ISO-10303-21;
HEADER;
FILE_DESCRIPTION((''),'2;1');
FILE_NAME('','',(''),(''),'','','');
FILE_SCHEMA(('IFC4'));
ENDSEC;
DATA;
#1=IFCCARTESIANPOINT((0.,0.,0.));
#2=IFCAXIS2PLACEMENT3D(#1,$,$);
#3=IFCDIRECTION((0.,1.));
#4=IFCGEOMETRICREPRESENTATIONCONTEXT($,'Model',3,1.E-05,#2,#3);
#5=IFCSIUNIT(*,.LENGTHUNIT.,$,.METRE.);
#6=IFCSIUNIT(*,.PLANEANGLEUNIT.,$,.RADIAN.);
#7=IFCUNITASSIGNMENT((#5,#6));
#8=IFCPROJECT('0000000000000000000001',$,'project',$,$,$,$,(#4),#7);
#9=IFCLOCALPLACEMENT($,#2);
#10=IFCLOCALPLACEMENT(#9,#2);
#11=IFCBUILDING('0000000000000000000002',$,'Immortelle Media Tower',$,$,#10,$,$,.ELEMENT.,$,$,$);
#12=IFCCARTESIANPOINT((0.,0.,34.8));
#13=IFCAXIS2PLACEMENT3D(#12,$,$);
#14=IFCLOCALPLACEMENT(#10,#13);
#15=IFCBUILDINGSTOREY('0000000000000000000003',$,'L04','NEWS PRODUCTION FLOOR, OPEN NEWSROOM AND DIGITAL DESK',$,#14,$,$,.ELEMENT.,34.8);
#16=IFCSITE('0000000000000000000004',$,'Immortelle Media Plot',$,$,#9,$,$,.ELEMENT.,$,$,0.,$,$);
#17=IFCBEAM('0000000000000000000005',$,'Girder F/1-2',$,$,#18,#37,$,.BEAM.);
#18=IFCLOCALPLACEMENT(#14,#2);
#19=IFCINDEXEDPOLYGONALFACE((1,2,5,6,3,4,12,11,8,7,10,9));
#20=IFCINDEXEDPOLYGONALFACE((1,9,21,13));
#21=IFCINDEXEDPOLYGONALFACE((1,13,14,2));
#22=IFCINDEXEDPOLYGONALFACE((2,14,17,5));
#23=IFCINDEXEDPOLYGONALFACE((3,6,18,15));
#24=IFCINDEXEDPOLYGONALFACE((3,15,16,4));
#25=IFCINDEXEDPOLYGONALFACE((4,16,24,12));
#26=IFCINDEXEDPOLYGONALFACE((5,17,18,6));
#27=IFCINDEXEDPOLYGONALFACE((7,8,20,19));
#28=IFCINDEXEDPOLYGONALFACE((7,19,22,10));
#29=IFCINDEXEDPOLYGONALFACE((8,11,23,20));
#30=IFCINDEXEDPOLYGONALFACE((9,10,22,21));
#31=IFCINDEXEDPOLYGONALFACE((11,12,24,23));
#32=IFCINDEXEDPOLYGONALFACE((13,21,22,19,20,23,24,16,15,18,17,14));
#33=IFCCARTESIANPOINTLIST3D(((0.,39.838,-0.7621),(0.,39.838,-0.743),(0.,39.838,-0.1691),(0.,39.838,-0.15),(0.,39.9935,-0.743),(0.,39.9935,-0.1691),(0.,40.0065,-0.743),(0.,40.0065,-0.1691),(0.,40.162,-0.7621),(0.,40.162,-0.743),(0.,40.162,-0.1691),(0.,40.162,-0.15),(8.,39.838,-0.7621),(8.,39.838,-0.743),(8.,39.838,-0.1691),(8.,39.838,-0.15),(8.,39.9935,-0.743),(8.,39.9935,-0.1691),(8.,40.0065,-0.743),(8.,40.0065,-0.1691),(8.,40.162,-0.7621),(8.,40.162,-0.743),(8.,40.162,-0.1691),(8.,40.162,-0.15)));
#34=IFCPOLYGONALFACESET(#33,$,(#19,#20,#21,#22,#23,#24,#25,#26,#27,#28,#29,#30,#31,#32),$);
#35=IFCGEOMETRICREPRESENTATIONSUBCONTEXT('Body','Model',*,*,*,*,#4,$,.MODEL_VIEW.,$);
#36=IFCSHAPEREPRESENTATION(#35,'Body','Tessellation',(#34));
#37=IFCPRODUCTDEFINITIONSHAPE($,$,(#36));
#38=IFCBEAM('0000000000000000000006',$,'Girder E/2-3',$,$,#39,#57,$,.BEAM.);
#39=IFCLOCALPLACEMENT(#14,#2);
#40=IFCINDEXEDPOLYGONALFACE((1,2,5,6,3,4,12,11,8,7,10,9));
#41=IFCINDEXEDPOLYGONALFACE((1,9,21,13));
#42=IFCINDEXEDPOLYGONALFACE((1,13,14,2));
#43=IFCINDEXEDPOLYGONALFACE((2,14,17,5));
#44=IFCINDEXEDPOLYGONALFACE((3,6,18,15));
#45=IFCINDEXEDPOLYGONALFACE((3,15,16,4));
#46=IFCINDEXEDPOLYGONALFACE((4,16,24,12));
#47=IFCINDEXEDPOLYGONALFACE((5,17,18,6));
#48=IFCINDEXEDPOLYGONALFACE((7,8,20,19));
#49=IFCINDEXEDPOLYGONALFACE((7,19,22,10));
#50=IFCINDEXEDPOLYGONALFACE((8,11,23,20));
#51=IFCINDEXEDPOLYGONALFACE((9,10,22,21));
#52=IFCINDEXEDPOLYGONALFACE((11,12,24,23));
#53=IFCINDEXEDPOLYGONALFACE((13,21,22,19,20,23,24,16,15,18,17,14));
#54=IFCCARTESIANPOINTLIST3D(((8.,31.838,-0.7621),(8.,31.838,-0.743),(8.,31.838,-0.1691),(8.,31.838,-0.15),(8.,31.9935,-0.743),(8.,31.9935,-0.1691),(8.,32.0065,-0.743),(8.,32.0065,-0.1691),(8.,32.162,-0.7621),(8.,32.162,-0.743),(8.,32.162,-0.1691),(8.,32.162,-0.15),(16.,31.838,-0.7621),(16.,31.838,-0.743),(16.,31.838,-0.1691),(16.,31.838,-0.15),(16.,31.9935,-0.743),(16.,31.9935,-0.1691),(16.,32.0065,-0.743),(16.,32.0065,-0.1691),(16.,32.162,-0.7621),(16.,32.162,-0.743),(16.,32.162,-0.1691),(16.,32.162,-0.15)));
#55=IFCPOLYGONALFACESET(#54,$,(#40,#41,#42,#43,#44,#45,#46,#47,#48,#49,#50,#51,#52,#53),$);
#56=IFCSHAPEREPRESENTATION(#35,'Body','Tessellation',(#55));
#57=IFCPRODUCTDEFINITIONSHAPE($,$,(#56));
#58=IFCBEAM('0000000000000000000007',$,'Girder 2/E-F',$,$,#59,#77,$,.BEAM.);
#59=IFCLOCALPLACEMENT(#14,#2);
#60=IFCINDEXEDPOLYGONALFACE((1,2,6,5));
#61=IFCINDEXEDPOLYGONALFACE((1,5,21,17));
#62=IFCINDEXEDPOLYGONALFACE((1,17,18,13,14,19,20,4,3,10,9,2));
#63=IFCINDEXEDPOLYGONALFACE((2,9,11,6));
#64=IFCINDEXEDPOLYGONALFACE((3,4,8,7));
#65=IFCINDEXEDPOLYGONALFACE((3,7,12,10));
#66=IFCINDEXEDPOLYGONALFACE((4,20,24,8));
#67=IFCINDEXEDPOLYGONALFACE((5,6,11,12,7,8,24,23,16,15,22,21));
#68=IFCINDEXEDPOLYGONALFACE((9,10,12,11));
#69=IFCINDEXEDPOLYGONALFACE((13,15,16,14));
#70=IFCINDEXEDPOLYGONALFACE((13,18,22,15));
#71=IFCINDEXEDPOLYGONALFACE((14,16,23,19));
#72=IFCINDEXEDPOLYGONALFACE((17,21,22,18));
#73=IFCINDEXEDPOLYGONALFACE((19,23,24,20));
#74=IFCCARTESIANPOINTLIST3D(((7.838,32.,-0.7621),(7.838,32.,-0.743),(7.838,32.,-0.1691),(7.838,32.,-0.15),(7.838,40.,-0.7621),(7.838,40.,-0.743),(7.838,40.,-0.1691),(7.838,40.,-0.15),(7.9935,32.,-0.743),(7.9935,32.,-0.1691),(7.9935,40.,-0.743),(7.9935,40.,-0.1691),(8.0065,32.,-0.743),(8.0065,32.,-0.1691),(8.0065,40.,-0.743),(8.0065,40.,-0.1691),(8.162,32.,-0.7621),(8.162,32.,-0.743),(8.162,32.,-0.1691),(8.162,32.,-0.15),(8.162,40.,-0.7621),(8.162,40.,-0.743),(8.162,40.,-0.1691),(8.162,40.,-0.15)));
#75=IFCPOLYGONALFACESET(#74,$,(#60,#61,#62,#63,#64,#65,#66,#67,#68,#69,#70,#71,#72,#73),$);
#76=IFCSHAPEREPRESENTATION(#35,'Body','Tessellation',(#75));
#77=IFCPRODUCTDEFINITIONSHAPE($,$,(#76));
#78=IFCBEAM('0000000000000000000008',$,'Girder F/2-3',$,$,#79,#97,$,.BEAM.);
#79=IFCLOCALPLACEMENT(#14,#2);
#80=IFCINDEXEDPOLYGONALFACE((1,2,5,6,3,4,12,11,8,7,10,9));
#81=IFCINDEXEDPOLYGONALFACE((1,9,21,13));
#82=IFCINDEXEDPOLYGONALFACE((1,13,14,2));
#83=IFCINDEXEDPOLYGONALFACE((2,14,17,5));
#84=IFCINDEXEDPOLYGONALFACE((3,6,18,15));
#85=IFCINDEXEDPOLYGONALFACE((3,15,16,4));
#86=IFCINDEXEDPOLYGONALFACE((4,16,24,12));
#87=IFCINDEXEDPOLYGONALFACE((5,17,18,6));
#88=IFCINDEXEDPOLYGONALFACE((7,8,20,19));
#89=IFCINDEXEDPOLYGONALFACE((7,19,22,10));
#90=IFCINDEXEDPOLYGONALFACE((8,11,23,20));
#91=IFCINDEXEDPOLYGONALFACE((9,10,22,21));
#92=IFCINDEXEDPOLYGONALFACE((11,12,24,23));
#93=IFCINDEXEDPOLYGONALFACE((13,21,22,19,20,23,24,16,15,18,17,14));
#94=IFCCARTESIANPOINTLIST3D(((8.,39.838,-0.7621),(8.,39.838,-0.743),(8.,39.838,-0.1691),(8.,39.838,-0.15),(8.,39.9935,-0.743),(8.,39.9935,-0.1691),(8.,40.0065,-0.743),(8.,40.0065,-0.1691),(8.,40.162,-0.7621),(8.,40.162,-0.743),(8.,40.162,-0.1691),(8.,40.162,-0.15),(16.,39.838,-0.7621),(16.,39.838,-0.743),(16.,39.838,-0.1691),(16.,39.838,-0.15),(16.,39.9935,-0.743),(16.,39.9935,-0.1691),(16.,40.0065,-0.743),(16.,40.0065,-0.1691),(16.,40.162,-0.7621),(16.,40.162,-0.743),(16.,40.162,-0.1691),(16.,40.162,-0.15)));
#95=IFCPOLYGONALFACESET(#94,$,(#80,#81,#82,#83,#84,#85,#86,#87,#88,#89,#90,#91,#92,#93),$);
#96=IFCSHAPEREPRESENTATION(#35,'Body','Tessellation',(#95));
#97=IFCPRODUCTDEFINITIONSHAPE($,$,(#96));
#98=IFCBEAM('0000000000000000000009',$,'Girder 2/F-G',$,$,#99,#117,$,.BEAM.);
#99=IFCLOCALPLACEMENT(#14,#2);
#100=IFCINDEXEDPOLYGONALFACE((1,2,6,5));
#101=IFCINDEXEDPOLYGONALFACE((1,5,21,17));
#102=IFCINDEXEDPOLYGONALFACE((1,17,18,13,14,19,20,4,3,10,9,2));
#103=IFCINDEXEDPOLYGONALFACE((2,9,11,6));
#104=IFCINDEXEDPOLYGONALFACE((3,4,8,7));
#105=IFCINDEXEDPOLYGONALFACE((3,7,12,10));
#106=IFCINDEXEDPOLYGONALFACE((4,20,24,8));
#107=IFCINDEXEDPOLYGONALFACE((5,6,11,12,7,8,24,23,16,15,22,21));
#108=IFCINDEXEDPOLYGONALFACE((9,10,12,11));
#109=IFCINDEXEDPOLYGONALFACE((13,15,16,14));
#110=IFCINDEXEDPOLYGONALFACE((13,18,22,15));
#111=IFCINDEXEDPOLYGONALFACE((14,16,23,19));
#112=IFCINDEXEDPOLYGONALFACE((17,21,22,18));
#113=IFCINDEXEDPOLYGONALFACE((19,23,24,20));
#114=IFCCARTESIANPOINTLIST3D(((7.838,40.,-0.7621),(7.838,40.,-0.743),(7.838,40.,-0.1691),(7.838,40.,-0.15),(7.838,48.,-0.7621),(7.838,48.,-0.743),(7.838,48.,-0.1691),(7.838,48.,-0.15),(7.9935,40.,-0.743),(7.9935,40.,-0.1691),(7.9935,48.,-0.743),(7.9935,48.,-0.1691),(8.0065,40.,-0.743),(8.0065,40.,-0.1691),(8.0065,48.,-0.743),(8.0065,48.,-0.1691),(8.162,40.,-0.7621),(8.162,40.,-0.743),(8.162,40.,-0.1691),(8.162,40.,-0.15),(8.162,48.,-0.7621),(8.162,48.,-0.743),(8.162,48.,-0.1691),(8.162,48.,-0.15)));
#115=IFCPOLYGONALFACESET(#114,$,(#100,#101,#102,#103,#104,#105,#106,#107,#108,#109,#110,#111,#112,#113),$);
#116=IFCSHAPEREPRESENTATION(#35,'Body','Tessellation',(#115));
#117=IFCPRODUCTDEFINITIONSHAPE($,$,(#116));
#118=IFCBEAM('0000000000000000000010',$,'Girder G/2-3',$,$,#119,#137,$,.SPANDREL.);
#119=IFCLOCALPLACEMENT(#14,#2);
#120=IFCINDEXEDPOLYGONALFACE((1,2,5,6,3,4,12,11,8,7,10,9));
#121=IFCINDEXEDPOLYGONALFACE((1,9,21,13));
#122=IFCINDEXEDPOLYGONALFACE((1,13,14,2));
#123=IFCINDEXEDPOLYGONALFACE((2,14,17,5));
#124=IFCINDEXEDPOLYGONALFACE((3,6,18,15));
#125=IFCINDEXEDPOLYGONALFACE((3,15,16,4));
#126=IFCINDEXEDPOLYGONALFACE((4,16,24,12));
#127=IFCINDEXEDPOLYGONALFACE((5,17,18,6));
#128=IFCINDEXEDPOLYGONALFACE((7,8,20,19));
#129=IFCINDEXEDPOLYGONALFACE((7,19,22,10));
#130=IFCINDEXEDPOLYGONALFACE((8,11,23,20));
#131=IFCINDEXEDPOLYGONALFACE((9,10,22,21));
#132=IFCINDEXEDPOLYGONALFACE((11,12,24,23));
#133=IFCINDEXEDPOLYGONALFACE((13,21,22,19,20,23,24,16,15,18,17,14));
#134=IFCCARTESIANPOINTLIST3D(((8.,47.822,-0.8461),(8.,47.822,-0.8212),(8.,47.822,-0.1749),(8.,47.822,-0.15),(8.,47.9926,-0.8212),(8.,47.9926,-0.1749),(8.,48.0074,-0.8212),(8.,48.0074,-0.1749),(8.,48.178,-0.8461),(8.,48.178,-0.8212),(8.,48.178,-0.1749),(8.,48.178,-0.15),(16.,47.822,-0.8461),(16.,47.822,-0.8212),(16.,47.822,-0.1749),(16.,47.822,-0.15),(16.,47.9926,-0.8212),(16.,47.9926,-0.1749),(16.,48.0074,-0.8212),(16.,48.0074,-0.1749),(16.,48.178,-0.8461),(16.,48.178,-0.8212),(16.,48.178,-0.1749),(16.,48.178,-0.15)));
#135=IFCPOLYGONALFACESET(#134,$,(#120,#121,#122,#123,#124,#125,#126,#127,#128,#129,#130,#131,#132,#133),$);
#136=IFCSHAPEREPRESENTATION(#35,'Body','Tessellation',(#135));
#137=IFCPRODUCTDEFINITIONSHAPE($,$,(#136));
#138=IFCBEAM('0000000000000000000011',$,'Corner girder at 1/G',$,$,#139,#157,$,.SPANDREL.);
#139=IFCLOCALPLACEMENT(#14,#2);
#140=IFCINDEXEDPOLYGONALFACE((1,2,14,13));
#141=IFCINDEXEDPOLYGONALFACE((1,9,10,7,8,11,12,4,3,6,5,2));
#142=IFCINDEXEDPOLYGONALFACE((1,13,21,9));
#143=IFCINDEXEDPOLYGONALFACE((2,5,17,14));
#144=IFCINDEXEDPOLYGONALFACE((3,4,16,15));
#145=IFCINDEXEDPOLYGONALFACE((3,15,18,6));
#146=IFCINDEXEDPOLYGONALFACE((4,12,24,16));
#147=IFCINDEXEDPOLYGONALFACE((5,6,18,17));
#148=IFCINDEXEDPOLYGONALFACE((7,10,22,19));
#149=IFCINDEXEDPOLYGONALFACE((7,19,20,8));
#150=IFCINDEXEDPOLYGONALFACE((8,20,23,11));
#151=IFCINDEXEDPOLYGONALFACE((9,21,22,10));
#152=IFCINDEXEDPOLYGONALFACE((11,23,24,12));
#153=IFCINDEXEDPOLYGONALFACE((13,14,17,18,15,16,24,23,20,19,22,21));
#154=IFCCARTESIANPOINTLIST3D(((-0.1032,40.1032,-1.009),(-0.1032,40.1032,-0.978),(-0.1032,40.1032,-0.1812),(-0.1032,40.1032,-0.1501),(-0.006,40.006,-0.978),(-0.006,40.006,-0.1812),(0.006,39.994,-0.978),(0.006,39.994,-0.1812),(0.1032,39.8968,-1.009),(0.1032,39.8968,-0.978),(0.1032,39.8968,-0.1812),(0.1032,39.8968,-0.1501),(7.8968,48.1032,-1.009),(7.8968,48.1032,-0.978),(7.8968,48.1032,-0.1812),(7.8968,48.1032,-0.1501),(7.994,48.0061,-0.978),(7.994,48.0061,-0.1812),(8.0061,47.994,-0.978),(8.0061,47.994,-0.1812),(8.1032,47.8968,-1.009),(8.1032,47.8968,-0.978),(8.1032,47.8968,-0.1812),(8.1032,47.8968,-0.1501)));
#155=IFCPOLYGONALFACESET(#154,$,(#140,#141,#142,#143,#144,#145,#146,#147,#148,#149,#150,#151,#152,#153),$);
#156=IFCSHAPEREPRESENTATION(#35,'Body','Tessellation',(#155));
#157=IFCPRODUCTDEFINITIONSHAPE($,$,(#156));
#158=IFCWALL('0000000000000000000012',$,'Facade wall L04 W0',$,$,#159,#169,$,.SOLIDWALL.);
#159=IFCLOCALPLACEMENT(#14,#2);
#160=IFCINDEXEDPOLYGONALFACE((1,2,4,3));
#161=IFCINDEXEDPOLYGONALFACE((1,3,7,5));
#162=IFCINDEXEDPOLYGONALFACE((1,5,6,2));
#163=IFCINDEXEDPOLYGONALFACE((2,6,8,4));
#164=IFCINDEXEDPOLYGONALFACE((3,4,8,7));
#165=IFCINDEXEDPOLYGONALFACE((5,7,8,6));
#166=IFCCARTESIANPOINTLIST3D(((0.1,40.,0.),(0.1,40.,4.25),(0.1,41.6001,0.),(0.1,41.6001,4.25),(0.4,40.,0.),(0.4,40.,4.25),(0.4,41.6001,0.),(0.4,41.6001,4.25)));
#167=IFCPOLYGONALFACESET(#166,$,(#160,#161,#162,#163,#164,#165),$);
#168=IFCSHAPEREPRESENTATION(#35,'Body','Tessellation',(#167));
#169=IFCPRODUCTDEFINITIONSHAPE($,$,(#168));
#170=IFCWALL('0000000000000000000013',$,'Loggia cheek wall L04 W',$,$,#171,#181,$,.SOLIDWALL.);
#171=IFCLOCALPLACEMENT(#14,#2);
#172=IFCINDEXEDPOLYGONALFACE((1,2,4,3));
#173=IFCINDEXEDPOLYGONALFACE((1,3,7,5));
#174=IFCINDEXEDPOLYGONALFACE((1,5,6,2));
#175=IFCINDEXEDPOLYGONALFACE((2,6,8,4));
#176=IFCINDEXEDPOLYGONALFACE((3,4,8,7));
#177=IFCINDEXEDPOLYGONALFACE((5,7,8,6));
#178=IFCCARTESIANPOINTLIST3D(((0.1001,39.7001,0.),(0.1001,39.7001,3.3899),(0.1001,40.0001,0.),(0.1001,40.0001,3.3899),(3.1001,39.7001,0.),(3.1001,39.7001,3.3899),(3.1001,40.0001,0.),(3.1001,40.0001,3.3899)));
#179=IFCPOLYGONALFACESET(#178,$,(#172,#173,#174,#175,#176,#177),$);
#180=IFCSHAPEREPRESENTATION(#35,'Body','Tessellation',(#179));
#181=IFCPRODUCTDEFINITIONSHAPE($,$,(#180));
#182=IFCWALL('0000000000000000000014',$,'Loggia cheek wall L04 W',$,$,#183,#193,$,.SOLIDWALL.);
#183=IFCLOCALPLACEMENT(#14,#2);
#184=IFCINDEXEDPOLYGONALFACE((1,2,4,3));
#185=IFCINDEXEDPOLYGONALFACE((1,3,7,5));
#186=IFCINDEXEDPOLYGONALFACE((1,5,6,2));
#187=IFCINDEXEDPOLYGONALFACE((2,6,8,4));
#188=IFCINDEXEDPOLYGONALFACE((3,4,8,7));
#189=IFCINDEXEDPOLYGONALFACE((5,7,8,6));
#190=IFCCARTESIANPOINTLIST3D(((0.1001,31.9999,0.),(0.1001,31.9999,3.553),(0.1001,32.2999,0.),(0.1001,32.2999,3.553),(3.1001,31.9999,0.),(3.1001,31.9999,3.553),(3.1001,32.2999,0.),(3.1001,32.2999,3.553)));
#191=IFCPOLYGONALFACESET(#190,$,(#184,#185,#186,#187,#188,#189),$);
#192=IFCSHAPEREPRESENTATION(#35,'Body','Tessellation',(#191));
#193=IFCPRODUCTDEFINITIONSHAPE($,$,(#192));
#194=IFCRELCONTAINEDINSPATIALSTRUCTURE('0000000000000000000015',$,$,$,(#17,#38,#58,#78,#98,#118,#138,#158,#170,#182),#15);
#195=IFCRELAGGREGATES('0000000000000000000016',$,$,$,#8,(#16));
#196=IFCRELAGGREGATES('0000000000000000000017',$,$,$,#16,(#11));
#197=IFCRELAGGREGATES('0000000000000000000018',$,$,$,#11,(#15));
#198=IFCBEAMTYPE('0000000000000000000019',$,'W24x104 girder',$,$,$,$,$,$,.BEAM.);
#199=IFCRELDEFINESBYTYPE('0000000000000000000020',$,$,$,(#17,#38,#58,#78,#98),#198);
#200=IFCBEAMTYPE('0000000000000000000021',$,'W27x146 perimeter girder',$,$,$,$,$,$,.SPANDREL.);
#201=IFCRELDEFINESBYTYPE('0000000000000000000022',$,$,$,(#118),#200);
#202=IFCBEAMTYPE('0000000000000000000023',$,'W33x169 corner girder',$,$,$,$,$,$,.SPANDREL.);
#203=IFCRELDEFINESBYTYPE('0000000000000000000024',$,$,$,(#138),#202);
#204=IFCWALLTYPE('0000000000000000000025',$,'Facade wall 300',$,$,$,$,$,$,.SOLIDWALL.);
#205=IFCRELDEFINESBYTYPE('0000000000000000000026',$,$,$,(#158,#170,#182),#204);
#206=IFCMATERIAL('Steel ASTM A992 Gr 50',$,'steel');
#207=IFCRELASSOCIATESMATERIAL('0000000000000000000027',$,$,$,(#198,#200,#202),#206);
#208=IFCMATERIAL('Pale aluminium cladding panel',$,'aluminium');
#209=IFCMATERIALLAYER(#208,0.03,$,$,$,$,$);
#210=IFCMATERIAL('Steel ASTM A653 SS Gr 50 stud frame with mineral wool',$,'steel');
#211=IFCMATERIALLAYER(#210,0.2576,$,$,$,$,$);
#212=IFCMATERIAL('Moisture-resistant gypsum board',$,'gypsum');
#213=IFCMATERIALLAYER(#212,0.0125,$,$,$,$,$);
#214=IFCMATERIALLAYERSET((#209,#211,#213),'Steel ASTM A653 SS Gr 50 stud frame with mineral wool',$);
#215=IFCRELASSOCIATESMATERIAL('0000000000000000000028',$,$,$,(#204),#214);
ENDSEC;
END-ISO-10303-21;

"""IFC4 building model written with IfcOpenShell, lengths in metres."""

from ifc_helpers import new_model, si_unit, direction, frame, frame_2d, origin, origin_2d, place, context, subcontext, project, spatial, rectangle, i_section, extrude, material, layer, layer_set, material_profile, profile_set, type_object, element, save


model = new_model("IFC4")

# Units and contexts
model_context = context("Model", 3, precision=1e-05, world=origin(), true_north=direction((0.0, 1.0)))
body_context = subcontext(model_context, "Body", "Model", "MODEL_VIEW")
ifc_project = project(units=[si_unit("LENGTHUNIT", "METRE"), si_unit("PLANEANGLEUNIT", "RADIAN")], contexts=[model_context])

# Site, building, storey
site_placement = place(None, origin())
site = spatial("IfcSite", under=ifc_project, at=site_placement, Name="Immortelle Media Plot", CompositionType="ELEMENT", RefElevation=0.0)
building_placement = place(site_placement, origin())
building = spatial("IfcBuilding", under=site, at=building_placement, Name="Immortelle Media Tower", CompositionType="ELEMENT")
storey_placement = place(building_placement, frame((0.0, 0.0, 34.8)))
storey = spatial("IfcBuildingStorey", under=building, at=storey_placement, Name="L04", Description="NEWS PRODUCTION FLOOR, OPEN NEWSROOM AND DIGITAL DESK", CompositionType="ELEMENT", Elevation=34.8)

# Shared definitions
ifc_material_1 = material(Name="Steel ASTM A992 Gr 50", Category="steel")

# Beams
ifc_material_profile_1 = material_profile(ifc_material_1, i_section(OverallWidth=0.324, OverallDepth=0.6121, WebThickness=0.0129, FlangeThickness=0.019, at=origin_2d()), Name="W24x104")
ifc_profile_set_1 = profile_set([ifc_material_profile_1], Name="Steel ASTM A992 Gr 50")
beam_type_1 = type_object("IfcBeamType", Name="W24x104 girder", PredefinedType="BEAM", material=ifc_profile_set_1)
for number, where, z_axis, x_axis, name in (
    (1, (0.0, 40.0, -0.4561), (1.0, 0.0, 0.0), (0.0, 1.0, 0.0), "Girder F/1-2"),
    (2, (8.0, 32.0, -0.4561), (1.0, 0.0, 0.0), (0.0, 1.0, 0.0), "Girder E/2-3"),
    (3, (8.0, 32.0, -0.4561), (0.0, 1.0, 0.0), (-1.0, 0.0, 0.0), "Girder 2/E-F"),
    (4, (8.0, 40.0, -0.4561), (1.0, 0.0, 0.0), (0.0, 1.0, 0.0), "Girder F/2-3"),
    (5, (8.0, 40.0, -0.4561), (0.0, 1.0, 0.0), (-1.0, 0.0, 0.0), "Girder 2/F-G"),
):
    element("IfcBeam", number, at=place(storey_placement, frame(where, z_axis=z_axis, x_axis=x_axis)), inside=storey, type_object=beam_type_1, Name=name, PredefinedType="BEAM", context=body_context, shape_type="SweptSolid", body=[
        extrude(i_section(OverallWidth=0.324, OverallDepth=0.6121, WebThickness=0.0129, FlangeThickness=0.019, at=origin_2d()), origin(), (0.0, 0.0, 1.0), 8.0),
    ])
ifc_material_profile_2 = material_profile(ifc_material_1, i_section(OverallWidth=0.356, OverallDepth=0.696, WebThickness=0.0149, FlangeThickness=0.0249, at=origin_2d()), Name="W27x146")
ifc_profile_set_2 = profile_set([ifc_material_profile_2], Name="Steel ASTM A992 Gr 50")
beam_type_2 = type_object("IfcBeamType", Name="W27x146 perimeter girder", PredefinedType="SPANDREL", material=ifc_profile_set_2)
beam_1_placement = place(storey_placement, frame((8.0, 48.0, -0.498), z_axis=(1.0, 0.0, 0.0), x_axis=(0.0, 1.0, 0.0)))
element("IfcBeam", 6, at=beam_1_placement, inside=storey, type_object=beam_type_2, Name="Girder G/2-3", PredefinedType="SPANDREL", context=body_context, shape_type="SweptSolid", body=[
    extrude(i_section(OverallWidth=0.356, OverallDepth=0.696, WebThickness=0.0149, FlangeThickness=0.0249, at=origin_2d()), origin(), (0.0, 0.0, 1.0), 8.0),
])
ifc_material_profile_3 = material_profile(ifc_material_1, i_section(OverallWidth=0.292, OverallDepth=0.8589, WebThickness=0.0171, FlangeThickness=0.031, at=origin_2d()), Name="W33x169")
ifc_profile_set_3 = profile_set([ifc_material_profile_3], Name="Steel ASTM A992 Gr 50")
beam_type_3 = type_object("IfcBeamType", Name="W33x169 corner girder", PredefinedType="SPANDREL", material=ifc_profile_set_3)
beam_2_placement = place(storey_placement, frame((0.0, 40.0, -0.5796), z_axis=(0.707107, 0.707107, 0.0), x_axis=(-0.707107, 0.707107, 0.0)))
element("IfcBeam", 7, at=beam_2_placement, inside=storey, type_object=beam_type_3, Name="Corner girder at 1/G", PredefinedType="SPANDREL", context=body_context, shape_type="SweptSolid", body=[
    extrude(i_section(OverallWidth=0.292, OverallDepth=0.8589, WebThickness=0.0171, FlangeThickness=0.031, at=origin_2d()), origin(), (0.0, 0.0, 1.0), 11.3137),
])

# Wall
ifc_material_2 = material(Name="Pale aluminium cladding panel", Category="aluminium")
ifc_layer_1 = layer(ifc_material_2, 0.03)
ifc_material_3 = material(Name="Steel ASTM A653 SS Gr 50 stud frame with mineral wool", Category="steel")
ifc_layer_2 = layer(ifc_material_3, 0.2576)
ifc_material_4 = material(Name="Moisture-resistant gypsum board", Category="gypsum")
ifc_layer_3 = layer(ifc_material_4, 0.0125)
ifc_layer_set_1 = layer_set([ifc_layer_1, ifc_layer_2, ifc_layer_3], Name="Steel ASTM A653 SS Gr 50 stud frame with mineral wool")
wall_type_1 = type_object("IfcWallType", Name="Facade wall 300", PredefinedType="SOLIDWALL", material=ifc_layer_set_1)
wall_1_placement = place(storey_placement, frame((0.25, 41.6001, 0.0), z_axis=(0.0, 0.0, 1.0), x_axis=(0.0, -1.0, 0.0)))
element("IfcWall", 8, at=wall_1_placement, inside=storey, type_object=wall_type_1, Name="Facade wall L04 W0", PredefinedType="SOLIDWALL", context=body_context, shape_type="SweptSolid", body=[
    extrude(rectangle(XDim=1.6001, YDim=0.3, at=frame_2d((0.8, 0.0))), origin(), (0.0, 0.0, 1.0), 4.25),
])

# Walls
wall_2_placement = place(storey_placement, frame((0.1001, 39.8501, 0.0), z_axis=(0.0, 0.0, 1.0), x_axis=(1.0, 0.0, 0.0)))
element("IfcWall", 9, at=wall_2_placement, inside=storey, type_object=wall_type_1, Name="Loggia cheek wall L04 W", PredefinedType="SOLIDWALL", context=body_context, shape_type="SweptSolid", body=[
    extrude(rectangle(XDim=3.0, YDim=0.3, at=frame_2d((1.5, 0.0))), origin(), (0.0, 0.0, 1.0), 3.3899),
])
wall_3_placement = place(storey_placement, frame((0.1001, 32.1499, 0.0), z_axis=(0.0, 0.0, 1.0), x_axis=(1.0, 0.0, 0.0)))
element("IfcWall", 10, at=wall_3_placement, inside=storey, type_object=wall_type_1, Name="Loggia cheek wall L04 W", PredefinedType="SOLIDWALL", context=body_context, shape_type="SweptSolid", body=[
    extrude(rectangle(XDim=3.0, YDim=0.3, at=frame_2d((1.5, 0.0))), origin(), (0.0, 0.0, 1.0), 3.553),
])

save(model, "model.ifc")
